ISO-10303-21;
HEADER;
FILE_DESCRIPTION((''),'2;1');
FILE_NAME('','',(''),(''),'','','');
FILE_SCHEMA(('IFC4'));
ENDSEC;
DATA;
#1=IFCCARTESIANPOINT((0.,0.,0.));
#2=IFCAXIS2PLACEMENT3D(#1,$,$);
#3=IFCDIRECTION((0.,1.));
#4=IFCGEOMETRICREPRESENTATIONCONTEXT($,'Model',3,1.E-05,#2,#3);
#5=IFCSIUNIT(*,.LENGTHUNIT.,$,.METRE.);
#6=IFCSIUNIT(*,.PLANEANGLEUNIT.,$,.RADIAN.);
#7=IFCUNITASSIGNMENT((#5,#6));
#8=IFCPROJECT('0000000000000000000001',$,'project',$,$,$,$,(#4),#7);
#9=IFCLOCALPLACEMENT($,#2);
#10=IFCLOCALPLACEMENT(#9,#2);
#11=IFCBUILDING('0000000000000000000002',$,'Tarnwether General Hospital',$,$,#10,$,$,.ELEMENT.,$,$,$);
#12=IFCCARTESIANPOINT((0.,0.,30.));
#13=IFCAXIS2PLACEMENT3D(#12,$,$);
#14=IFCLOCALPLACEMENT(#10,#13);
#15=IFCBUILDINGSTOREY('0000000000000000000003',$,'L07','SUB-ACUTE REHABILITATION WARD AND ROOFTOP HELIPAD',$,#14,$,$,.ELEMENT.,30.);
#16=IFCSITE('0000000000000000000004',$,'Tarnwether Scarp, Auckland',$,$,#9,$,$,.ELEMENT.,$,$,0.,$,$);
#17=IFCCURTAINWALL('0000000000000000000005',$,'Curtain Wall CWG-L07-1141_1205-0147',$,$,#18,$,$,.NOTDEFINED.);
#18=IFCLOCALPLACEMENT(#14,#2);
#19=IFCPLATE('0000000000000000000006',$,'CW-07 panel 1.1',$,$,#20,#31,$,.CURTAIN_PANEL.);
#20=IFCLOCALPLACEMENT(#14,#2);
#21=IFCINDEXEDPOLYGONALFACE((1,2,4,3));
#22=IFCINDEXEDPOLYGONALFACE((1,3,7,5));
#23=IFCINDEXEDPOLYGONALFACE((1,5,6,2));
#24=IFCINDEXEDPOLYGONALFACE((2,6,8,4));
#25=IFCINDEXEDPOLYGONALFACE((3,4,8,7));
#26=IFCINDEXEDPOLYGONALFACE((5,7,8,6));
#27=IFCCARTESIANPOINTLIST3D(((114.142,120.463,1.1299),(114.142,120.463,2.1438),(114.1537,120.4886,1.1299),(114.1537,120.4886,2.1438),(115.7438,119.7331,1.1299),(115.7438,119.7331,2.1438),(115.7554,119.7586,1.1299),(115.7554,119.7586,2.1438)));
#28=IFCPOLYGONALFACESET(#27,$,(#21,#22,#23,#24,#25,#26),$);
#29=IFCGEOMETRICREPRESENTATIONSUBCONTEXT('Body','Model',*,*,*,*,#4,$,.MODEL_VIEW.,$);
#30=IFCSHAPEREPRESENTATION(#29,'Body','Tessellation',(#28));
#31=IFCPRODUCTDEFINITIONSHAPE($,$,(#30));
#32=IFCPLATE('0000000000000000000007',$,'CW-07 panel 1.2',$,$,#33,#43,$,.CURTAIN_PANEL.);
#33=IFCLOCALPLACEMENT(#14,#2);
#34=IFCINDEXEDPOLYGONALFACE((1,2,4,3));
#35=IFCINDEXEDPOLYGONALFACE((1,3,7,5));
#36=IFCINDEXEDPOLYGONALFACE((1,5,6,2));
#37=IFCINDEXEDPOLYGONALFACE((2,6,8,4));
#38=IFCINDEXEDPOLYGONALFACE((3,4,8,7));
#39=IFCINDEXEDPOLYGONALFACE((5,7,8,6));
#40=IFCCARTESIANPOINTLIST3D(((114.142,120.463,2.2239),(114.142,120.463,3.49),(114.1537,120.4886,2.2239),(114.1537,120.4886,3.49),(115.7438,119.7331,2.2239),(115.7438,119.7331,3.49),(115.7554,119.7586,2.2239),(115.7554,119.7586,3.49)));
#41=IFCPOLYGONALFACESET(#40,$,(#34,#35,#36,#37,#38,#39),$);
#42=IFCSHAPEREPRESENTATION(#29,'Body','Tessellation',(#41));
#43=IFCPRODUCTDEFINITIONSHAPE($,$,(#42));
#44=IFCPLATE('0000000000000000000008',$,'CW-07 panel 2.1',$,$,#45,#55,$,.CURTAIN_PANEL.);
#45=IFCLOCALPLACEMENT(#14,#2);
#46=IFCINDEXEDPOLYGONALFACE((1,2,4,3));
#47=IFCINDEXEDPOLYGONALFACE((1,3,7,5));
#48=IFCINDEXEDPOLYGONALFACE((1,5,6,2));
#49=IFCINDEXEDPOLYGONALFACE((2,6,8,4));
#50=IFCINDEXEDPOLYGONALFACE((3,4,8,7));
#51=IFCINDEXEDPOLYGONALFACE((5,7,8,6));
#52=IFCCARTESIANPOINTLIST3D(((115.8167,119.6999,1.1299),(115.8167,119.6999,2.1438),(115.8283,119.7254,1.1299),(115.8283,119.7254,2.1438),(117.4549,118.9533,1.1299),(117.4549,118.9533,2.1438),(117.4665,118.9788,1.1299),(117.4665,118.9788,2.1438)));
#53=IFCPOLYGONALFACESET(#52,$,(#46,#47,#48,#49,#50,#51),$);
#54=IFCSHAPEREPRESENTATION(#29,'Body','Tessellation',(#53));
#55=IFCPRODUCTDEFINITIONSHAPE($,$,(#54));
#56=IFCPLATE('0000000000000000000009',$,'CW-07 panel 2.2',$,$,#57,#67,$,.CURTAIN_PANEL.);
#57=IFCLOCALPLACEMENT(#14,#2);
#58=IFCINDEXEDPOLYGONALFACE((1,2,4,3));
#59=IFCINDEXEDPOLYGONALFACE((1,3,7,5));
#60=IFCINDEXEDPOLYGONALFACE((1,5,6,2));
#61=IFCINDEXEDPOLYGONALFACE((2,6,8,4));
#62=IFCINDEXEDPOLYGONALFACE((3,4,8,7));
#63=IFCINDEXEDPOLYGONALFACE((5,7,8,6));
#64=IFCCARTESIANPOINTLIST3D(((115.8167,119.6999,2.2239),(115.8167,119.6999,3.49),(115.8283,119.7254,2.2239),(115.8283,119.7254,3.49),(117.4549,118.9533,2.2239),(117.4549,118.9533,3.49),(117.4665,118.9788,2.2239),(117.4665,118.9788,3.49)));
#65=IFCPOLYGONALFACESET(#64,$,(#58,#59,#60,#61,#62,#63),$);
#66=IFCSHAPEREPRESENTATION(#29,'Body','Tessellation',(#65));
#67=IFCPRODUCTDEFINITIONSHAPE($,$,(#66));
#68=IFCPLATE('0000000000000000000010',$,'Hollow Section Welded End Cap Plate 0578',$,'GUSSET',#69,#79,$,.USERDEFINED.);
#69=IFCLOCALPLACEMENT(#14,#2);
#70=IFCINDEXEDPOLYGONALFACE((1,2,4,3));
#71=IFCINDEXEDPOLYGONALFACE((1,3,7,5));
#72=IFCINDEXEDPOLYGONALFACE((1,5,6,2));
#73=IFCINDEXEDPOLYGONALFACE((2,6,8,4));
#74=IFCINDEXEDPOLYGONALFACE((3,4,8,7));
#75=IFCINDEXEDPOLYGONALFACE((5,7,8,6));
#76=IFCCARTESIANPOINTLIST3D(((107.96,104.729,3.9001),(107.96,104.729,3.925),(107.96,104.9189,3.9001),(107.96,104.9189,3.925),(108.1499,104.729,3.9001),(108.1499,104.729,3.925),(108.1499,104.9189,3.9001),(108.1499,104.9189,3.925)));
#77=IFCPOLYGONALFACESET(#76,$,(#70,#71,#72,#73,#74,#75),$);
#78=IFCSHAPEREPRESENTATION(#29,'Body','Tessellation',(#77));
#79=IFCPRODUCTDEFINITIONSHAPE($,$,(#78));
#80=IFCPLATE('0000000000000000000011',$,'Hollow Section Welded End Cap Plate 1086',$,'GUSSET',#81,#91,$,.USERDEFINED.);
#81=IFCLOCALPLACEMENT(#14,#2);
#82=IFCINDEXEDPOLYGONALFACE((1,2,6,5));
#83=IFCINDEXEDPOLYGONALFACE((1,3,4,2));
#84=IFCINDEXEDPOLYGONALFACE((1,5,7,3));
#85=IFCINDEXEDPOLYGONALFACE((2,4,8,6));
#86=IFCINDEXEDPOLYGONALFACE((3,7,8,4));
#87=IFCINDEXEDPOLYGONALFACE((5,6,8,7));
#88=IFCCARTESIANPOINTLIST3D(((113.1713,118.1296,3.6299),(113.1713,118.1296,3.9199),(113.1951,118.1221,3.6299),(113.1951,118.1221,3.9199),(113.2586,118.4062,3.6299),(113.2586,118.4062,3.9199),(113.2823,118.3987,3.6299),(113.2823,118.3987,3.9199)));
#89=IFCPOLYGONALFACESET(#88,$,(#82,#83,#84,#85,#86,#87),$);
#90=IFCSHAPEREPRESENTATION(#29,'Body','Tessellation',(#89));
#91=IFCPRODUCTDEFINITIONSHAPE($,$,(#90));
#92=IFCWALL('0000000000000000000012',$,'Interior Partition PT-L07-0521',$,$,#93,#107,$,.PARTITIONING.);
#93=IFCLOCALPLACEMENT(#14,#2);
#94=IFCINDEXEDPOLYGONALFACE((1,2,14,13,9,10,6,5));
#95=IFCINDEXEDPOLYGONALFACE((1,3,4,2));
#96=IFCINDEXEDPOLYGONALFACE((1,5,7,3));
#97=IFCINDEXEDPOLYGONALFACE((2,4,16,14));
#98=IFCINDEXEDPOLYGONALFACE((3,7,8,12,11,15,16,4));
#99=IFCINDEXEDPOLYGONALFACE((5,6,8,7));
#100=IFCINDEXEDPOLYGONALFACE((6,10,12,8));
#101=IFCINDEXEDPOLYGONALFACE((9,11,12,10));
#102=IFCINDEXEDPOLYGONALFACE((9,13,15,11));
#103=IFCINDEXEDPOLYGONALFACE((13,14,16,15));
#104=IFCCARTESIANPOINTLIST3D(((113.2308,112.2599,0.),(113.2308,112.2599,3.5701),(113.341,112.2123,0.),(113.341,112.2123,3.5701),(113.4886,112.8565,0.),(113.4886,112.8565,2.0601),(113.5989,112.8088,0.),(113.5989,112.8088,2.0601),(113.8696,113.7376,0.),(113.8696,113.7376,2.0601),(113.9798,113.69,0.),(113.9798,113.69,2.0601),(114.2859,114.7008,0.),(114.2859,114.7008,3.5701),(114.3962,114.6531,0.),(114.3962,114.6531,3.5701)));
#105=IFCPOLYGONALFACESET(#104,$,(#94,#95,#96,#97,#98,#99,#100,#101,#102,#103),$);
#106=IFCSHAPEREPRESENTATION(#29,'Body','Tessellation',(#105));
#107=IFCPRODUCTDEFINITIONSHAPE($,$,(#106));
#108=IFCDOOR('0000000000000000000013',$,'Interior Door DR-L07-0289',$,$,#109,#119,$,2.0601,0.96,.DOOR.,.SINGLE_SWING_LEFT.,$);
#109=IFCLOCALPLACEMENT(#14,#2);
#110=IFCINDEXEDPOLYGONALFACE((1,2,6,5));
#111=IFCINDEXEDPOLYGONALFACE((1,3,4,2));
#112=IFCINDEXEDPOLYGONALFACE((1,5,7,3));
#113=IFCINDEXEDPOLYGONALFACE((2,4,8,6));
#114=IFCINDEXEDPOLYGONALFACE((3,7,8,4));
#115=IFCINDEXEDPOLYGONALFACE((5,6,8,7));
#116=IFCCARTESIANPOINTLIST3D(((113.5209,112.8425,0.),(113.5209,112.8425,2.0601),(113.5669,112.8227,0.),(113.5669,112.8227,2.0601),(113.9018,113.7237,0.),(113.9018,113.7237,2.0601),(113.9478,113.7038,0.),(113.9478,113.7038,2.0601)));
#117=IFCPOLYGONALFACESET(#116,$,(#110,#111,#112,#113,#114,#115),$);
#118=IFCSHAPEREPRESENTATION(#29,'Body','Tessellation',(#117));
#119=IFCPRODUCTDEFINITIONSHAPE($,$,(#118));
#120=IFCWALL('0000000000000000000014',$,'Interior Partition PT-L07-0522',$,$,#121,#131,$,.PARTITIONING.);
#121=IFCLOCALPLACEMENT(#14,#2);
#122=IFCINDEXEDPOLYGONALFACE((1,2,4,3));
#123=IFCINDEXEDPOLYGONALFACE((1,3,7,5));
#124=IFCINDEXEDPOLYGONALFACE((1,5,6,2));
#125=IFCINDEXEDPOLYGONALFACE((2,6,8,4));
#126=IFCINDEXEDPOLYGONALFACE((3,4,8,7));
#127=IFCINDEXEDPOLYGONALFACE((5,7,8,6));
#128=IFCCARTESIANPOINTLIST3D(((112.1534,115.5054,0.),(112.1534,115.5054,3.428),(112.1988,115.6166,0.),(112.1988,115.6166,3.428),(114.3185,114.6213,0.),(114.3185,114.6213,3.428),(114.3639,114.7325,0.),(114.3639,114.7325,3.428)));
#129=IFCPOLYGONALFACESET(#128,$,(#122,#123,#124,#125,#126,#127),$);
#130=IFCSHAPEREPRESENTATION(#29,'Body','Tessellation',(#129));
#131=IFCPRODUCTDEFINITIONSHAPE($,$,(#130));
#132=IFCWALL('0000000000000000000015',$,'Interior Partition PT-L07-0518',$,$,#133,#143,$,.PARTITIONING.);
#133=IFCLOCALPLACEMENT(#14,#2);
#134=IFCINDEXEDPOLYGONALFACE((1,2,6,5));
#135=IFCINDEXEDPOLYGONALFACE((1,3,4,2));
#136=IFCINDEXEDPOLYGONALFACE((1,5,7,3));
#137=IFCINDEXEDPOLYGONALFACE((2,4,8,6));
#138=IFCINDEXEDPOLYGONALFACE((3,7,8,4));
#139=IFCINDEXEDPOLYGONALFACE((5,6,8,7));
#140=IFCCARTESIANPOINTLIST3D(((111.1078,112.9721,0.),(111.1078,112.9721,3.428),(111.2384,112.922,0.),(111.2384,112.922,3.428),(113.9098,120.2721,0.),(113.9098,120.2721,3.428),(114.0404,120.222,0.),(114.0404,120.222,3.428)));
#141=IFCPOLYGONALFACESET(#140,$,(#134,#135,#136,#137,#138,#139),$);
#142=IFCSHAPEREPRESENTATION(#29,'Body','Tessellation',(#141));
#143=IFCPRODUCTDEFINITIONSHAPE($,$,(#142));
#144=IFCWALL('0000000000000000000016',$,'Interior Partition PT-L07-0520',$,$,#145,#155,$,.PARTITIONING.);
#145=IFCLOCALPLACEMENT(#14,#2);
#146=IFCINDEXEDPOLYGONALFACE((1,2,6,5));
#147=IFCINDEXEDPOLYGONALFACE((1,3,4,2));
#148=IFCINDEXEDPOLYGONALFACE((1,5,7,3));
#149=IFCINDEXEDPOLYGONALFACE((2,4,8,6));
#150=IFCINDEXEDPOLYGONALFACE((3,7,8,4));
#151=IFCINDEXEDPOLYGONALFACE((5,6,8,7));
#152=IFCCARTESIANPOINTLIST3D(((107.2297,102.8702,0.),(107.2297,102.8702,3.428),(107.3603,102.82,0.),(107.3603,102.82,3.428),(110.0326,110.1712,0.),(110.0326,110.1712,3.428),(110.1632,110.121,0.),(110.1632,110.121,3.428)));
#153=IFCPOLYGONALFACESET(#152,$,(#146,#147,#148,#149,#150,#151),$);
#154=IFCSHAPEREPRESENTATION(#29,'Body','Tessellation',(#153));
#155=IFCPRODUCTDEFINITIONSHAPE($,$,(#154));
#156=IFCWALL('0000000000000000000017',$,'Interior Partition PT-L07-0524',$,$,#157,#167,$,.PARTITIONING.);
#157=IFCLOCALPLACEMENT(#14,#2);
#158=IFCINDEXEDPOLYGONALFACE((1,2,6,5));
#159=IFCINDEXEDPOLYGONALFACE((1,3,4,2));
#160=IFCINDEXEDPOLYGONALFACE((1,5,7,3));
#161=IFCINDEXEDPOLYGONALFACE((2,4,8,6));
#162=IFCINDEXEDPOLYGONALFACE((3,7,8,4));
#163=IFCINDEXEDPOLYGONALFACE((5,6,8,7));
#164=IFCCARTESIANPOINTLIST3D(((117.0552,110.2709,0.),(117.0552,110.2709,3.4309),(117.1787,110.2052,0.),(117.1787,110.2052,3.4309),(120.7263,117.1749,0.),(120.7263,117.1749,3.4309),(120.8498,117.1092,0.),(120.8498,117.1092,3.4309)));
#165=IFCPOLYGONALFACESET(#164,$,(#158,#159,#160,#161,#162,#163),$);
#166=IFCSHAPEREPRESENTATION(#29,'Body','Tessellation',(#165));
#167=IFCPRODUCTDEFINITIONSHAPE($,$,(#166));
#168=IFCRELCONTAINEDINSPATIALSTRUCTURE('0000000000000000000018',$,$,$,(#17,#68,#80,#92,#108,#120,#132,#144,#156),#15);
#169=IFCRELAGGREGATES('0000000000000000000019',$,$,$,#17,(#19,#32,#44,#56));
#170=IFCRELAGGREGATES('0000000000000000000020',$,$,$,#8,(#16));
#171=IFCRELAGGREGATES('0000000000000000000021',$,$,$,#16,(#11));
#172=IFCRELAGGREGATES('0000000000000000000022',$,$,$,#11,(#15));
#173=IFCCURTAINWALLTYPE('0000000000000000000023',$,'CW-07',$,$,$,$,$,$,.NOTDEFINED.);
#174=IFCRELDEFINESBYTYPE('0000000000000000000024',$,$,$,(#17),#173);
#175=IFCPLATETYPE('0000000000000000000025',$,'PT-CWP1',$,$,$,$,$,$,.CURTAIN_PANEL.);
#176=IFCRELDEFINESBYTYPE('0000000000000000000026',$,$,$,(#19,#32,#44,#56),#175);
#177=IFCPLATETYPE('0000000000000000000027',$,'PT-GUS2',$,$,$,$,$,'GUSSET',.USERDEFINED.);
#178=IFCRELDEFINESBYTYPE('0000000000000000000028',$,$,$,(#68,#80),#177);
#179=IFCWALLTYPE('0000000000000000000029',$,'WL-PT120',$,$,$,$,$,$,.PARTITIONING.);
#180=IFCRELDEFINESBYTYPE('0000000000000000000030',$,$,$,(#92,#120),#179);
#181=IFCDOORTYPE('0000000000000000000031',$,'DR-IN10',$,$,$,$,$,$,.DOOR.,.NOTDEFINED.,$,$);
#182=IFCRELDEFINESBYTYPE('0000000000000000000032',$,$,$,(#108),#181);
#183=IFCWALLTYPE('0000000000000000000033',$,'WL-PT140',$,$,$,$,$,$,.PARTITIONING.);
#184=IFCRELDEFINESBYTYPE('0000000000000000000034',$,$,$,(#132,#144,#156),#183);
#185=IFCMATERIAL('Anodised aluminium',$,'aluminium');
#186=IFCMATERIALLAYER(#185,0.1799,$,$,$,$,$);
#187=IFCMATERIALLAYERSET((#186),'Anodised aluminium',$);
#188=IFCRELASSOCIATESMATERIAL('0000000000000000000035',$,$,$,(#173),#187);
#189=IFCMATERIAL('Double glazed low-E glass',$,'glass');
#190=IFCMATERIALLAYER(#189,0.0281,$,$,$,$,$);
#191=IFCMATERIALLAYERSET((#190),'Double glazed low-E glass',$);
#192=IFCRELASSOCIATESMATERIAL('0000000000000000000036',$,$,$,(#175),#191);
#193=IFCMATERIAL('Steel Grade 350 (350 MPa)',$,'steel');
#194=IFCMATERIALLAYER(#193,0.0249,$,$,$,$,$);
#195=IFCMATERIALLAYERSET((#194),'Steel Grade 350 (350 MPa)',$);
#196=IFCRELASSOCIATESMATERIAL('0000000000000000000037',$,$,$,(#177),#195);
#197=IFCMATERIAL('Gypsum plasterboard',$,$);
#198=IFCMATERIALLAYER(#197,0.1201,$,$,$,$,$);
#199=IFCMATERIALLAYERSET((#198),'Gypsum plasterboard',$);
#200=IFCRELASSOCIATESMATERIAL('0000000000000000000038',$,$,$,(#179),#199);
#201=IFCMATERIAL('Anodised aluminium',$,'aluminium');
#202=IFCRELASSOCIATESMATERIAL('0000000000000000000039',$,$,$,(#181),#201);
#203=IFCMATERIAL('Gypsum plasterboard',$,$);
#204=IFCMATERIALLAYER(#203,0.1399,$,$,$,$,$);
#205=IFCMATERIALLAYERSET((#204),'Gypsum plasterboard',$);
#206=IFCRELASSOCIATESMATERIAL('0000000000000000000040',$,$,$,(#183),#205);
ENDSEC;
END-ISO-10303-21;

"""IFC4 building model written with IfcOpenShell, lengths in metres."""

from ifc_helpers import new_model, si_unit, direction, frame, frame_2d, origin, origin_2d, place, context, subcontext, project, spatial, rectangle, extrude, material, layer, layer_set, type_object, element, fill, aggregate, save


model = new_model("IFC4")

# Units and contexts
model_context = context("Model", 3, precision=1e-05, world=origin(), true_north=direction((0.0, 1.0)))
body_context = subcontext(model_context, "Body", "Model", "MODEL_VIEW")
ifc_project = project(units=[si_unit("LENGTHUNIT", "METRE"), si_unit("PLANEANGLEUNIT", "RADIAN")], contexts=[model_context])

# Site, building, storey
site_placement = place(None, origin())
site = spatial("IfcSite", under=ifc_project, at=site_placement, Name="Tarnwether Scarp, Auckland", CompositionType="ELEMENT", RefElevation=0.0)
building_placement = place(site_placement, origin())
building = spatial("IfcBuilding", under=site, at=building_placement, Name="Tarnwether General Hospital", CompositionType="ELEMENT")
storey_placement = place(building_placement, frame((0.0, 0.0, 30.0)))
storey = spatial("IfcBuildingStorey", under=building, at=storey_placement, Name="L07", Description="SUB-ACUTE REHABILITATION WARD AND ROOFTOP HELIPAD", CompositionType="ELEMENT", Elevation=30.0)

# Curtain wall, plates
ifc_material_1 = material(Name="Anodised aluminium", Category="aluminium")
ifc_layer_1 = layer(ifc_material_1, 0.1799)
ifc_layer_set_1 = layer_set([ifc_layer_1], Name="Anodised aluminium")
curtain_wall_type = type_object("IfcCurtainWallType", Name="CW-07", PredefinedType="NOTDEFINED", material=ifc_layer_set_1)
curtain_wall_placement = place(storey_placement, origin())
curtain_wall = element("IfcCurtainWall", 1, at=curtain_wall_placement, inside=storey, type_object=curtain_wall_type, Name="Curtain Wall CWG-L07-1141_1205-0147", PredefinedType="NOTDEFINED")
ifc_material_2 = material(Name="Double glazed low-E glass", Category="glass")
ifc_layer_2 = layer(ifc_material_2, 0.0281)
ifc_layer_set_2 = layer_set([ifc_layer_2], Name="Double glazed low-E glass")
plate_type_1 = type_object("IfcPlateType", Name="PT-CWP1", PredefinedType="CURTAIN_PANEL", material=ifc_layer_set_2)
plate_1_placement = place(storey_placement, frame((114.9487, 120.1108, 1.1299), z_axis=(0.0, 0.0, 1.0), x_axis=(0.909961, -0.414694, 0.0)))
plate_1 = element("IfcPlate", 2, at=plate_1_placement, type_object=plate_type_1, Name="CW-07 panel 1.1", PredefinedType="CURTAIN_PANEL", context=body_context, shape_type="SweptSolid", body=[
    extrude(rectangle(XDim=1.7603, YDim=0.0281, at=origin_2d()), origin(), (0.0, 0.0, 1.0), 1.0139),
])
plate_2_placement = place(storey_placement, frame((114.9487, 120.1108, 2.2239), z_axis=(0.0, 0.0, 1.0), x_axis=(0.909961, -0.414694, 0.0)))
plate_2 = element("IfcPlate", 3, at=plate_2_placement, type_object=plate_type_1, Name="CW-07 panel 1.2", PredefinedType="CURTAIN_PANEL", context=body_context, shape_type="SweptSolid", body=[
    extrude(rectangle(XDim=1.7603, YDim=0.0281, at=origin_2d()), origin(), (0.0, 0.0, 1.0), 1.2661),
])
plate_3_placement = place(storey_placement, frame((116.6416, 119.3394, 1.1299), z_axis=(0.0, 0.0, 1.0), x_axis=(0.909961, -0.414694, 0.0)))
plate_3 = element("IfcPlate", 4, at=plate_3_placement, type_object=plate_type_1, Name="CW-07 panel 2.1", PredefinedType="CURTAIN_PANEL", context=body_context, shape_type="SweptSolid", body=[
    extrude(rectangle(XDim=1.8003, YDim=0.0281, at=origin_2d()), origin(), (0.0, 0.0, 1.0), 1.0139),
])
plate_4_placement = place(storey_placement, frame((116.6416, 119.3394, 2.2239), z_axis=(0.0, 0.0, 1.0), x_axis=(0.909961, -0.414694, 0.0)))
plate_4 = element("IfcPlate", 5, at=plate_4_placement, type_object=plate_type_1, Name="CW-07 panel 2.2", PredefinedType="CURTAIN_PANEL", context=body_context, shape_type="SweptSolid", body=[
    extrude(rectangle(XDim=1.8003, YDim=0.0281, at=origin_2d()), origin(), (0.0, 0.0, 1.0), 1.2661),
])
aggregate(curtain_wall, [plate_1, plate_2, plate_3, plate_4])

# Plates
ifc_material_3 = material(Name="Steel Grade 350 (350 MPa)", Category="steel")
ifc_layer_3 = layer(ifc_material_3, 0.0249)
ifc_layer_set_3 = layer_set([ifc_layer_3], Name="Steel Grade 350 (350 MPa)")
plate_type_2 = type_object("IfcPlateType", Name="PT-GUS2", ElementType="GUSSET", PredefinedType="USERDEFINED", material=ifc_layer_set_3)
plate_5_placement = place(storey_placement, frame((108.0549, 104.824, 3.9001), z_axis=(0.0, 0.0, 1.0), x_axis=(1.0, 0.0, 0.0)))
element("IfcPlate", 6, at=plate_5_placement, inside=storey, type_object=plate_type_2, Name="Hollow Section Welded End Cap Plate 0578", ObjectType="GUSSET", PredefinedType="USERDEFINED", context=body_context, shape_type="SweptSolid", body=[
    extrude(rectangle(XDim=0.1899, YDim=0.1899, at=origin_2d()), origin(), (0.0, 0.0, 1.0), 0.0249),
])
plate_6_placement = place(storey_placement, frame((113.2268, 118.2642, 3.6299), z_axis=(0.0, 0.0, 1.0), x_axis=(0.953691, -0.300789, 0.0)))
element("IfcPlate", 7, at=plate_6_placement, inside=storey, type_object=plate_type_2, Name="Hollow Section Welded End Cap Plate 1086", ObjectType="GUSSET", PredefinedType="USERDEFINED", context=body_context, shape_type="SweptSolid", body=[
    extrude(rectangle(XDim=0.0249, YDim=0.29, at=origin_2d()), origin(), (0.0, 0.0, 1.0), 0.29),
])

# Wall, opening, door
ifc_material_4 = material(Name="Gypsum plasterboard")
ifc_layer_4 = layer(ifc_material_4, 0.1201)
ifc_layer_set_4 = layer_set([ifc_layer_4], Name="Gypsum plasterboard")
wall_type_1 = type_object("IfcWallType", Name="WL-PT120", PredefinedType="PARTITIONING", material=ifc_layer_set_4)
wall_1_placement = place(storey_placement, frame((113.2859, 112.2361, 0.0), z_axis=(0.0, 0.0, 1.0), x_axis=(0.396798, 0.917906, 0.0)))
wall_1 = element("IfcWall", 8, at=wall_1_placement, inside=storey, type_object=wall_type_1, Name="Interior Partition PT-L07-0521", PredefinedType="PARTITIONING", context=body_context, shape_type="SweptSolid", body=[
    extrude(rectangle(XDim=2.6592, YDim=0.1201, at=frame_2d((1.3296, 0.0))), origin(), (0.0, 0.0, 1.0), 3.5701),
])
opening_1_placement = place(wall_1_placement, frame((0.6499, 0.0, 0.0)))
opening_1 = element("IfcOpeningElement", 9, at=opening_1_placement, cuts=wall_1, PredefinedType="OPENING", context=body_context, shape_type="SweptSolid", body=[
    extrude(rectangle(XDim=0.96, YDim=2.0601, at=frame_2d((0.48, 1.03))), frame((0.0, 0.0701, 0.0), z_axis=(0.0, -1.0, 0.0), x_axis=(1.0, 0.0, 0.0)), (0.0, 0.0, 1.0), 0.1401),
])
ifc_material_5 = material(Name="Anodised aluminium", Category="aluminium")
door_type_1 = type_object("IfcDoorType", Name="DR-IN10", OperationType="NOTDEFINED", PredefinedType="DOOR", material=ifc_material_5)
door_1_placement = place(opening_1_placement, origin())
door_1 = element("IfcDoor", 10, at=door_1_placement, inside=storey, type_object=door_type_1, Name="Interior Door DR-L07-0289", OperationType="SINGLE_SWING_LEFT", OverallHeight=2.0601, OverallWidth=0.96, PredefinedType="DOOR", context=body_context, shape_type="SweptSolid", body=[
    extrude(rectangle(XDim=0.96, YDim=2.0601, at=frame_2d((0.48, 1.03))), frame((0.0, 0.0249, 0.0), z_axis=(0.0, -1.0, 0.0), x_axis=(1.0, 0.0, 0.0)), (0.0, 0.0, 1.0), 0.05),
])
fill(opening_1, door_1)

# Walls
wall_2_placement = place(storey_placement, frame((112.176, 115.561, 0.0), z_axis=(0.0, 0.0, 1.0), x_axis=(0.925796, -0.378023, 0.0)))
element("IfcWall", 11, at=wall_2_placement, inside=storey, type_object=wall_type_1, Name="Interior Partition PT-L07-0522", PredefinedType="PARTITIONING", context=body_context, shape_type="SweptSolid", body=[
    extrude(rectangle(XDim=2.3386, YDim=0.1201, at=frame_2d((1.1694, 0.0))), origin(), (0.0, 0.0, 1.0), 3.428),
])
ifc_material_6 = material(Name="Gypsum plasterboard")
ifc_layer_5 = layer(ifc_material_6, 0.1399)
ifc_layer_set_5 = layer_set([ifc_layer_5], Name="Gypsum plasterboard")
wall_type_2 = type_object("IfcWallType", Name="WL-PT140", PredefinedType="PARTITIONING", material=ifc_layer_set_5)
wall_3_placement = place(storey_placement, frame((111.1731, 112.947, 0.0), z_axis=(0.0, 0.0, 1.0), x_axis=(0.358343, 0.93359, 0.0)))
element("IfcWall", 12, at=wall_3_placement, inside=storey, type_object=wall_type_2, Name="Interior Partition PT-L07-0518", PredefinedType="PARTITIONING", context=body_context, shape_type="SweptSolid", body=[
    extrude(rectangle(XDim=7.8193, YDim=0.1399, at=frame_2d((3.9097, 0.0))), origin(), (0.0, 0.0, 1.0), 3.428),
])
wall_4_placement = place(storey_placement, frame((110.0979, 110.146, 0.0), z_axis=(0.0, 0.0, 1.0), x_axis=(-0.35841, -0.933564, 0.0)))
element("IfcWall", 13, at=wall_4_placement, inside=storey, type_object=wall_type_2, Name="Interior Partition PT-L07-0520", PredefinedType="PARTITIONING", context=body_context, shape_type="SweptSolid", body=[
    extrude(rectangle(XDim=7.8206, YDim=0.1399, at=frame_2d((3.9102, 0.0))), origin(), (0.0, 0.0, 1.0), 3.428),
])
wall_5_placement = place(storey_placement, frame((117.1169, 110.238, 0.0), z_axis=(0.0, 0.0, 1.0), x_axis=(0.469491, 0.882937, 0.0)))
element("IfcWall", 14, at=wall_5_placement, inside=storey, type_object=wall_type_2, Name="Interior Partition PT-L07-0524", PredefinedType="PARTITIONING", context=body_context, shape_type="SweptSolid", body=[
    extrude(rectangle(XDim=7.8193, YDim=0.1399, at=frame_2d((3.9097, 0.0))), origin(), (0.0, 0.0, 1.0), 3.4309),
])

save(model, "model.ifc")
